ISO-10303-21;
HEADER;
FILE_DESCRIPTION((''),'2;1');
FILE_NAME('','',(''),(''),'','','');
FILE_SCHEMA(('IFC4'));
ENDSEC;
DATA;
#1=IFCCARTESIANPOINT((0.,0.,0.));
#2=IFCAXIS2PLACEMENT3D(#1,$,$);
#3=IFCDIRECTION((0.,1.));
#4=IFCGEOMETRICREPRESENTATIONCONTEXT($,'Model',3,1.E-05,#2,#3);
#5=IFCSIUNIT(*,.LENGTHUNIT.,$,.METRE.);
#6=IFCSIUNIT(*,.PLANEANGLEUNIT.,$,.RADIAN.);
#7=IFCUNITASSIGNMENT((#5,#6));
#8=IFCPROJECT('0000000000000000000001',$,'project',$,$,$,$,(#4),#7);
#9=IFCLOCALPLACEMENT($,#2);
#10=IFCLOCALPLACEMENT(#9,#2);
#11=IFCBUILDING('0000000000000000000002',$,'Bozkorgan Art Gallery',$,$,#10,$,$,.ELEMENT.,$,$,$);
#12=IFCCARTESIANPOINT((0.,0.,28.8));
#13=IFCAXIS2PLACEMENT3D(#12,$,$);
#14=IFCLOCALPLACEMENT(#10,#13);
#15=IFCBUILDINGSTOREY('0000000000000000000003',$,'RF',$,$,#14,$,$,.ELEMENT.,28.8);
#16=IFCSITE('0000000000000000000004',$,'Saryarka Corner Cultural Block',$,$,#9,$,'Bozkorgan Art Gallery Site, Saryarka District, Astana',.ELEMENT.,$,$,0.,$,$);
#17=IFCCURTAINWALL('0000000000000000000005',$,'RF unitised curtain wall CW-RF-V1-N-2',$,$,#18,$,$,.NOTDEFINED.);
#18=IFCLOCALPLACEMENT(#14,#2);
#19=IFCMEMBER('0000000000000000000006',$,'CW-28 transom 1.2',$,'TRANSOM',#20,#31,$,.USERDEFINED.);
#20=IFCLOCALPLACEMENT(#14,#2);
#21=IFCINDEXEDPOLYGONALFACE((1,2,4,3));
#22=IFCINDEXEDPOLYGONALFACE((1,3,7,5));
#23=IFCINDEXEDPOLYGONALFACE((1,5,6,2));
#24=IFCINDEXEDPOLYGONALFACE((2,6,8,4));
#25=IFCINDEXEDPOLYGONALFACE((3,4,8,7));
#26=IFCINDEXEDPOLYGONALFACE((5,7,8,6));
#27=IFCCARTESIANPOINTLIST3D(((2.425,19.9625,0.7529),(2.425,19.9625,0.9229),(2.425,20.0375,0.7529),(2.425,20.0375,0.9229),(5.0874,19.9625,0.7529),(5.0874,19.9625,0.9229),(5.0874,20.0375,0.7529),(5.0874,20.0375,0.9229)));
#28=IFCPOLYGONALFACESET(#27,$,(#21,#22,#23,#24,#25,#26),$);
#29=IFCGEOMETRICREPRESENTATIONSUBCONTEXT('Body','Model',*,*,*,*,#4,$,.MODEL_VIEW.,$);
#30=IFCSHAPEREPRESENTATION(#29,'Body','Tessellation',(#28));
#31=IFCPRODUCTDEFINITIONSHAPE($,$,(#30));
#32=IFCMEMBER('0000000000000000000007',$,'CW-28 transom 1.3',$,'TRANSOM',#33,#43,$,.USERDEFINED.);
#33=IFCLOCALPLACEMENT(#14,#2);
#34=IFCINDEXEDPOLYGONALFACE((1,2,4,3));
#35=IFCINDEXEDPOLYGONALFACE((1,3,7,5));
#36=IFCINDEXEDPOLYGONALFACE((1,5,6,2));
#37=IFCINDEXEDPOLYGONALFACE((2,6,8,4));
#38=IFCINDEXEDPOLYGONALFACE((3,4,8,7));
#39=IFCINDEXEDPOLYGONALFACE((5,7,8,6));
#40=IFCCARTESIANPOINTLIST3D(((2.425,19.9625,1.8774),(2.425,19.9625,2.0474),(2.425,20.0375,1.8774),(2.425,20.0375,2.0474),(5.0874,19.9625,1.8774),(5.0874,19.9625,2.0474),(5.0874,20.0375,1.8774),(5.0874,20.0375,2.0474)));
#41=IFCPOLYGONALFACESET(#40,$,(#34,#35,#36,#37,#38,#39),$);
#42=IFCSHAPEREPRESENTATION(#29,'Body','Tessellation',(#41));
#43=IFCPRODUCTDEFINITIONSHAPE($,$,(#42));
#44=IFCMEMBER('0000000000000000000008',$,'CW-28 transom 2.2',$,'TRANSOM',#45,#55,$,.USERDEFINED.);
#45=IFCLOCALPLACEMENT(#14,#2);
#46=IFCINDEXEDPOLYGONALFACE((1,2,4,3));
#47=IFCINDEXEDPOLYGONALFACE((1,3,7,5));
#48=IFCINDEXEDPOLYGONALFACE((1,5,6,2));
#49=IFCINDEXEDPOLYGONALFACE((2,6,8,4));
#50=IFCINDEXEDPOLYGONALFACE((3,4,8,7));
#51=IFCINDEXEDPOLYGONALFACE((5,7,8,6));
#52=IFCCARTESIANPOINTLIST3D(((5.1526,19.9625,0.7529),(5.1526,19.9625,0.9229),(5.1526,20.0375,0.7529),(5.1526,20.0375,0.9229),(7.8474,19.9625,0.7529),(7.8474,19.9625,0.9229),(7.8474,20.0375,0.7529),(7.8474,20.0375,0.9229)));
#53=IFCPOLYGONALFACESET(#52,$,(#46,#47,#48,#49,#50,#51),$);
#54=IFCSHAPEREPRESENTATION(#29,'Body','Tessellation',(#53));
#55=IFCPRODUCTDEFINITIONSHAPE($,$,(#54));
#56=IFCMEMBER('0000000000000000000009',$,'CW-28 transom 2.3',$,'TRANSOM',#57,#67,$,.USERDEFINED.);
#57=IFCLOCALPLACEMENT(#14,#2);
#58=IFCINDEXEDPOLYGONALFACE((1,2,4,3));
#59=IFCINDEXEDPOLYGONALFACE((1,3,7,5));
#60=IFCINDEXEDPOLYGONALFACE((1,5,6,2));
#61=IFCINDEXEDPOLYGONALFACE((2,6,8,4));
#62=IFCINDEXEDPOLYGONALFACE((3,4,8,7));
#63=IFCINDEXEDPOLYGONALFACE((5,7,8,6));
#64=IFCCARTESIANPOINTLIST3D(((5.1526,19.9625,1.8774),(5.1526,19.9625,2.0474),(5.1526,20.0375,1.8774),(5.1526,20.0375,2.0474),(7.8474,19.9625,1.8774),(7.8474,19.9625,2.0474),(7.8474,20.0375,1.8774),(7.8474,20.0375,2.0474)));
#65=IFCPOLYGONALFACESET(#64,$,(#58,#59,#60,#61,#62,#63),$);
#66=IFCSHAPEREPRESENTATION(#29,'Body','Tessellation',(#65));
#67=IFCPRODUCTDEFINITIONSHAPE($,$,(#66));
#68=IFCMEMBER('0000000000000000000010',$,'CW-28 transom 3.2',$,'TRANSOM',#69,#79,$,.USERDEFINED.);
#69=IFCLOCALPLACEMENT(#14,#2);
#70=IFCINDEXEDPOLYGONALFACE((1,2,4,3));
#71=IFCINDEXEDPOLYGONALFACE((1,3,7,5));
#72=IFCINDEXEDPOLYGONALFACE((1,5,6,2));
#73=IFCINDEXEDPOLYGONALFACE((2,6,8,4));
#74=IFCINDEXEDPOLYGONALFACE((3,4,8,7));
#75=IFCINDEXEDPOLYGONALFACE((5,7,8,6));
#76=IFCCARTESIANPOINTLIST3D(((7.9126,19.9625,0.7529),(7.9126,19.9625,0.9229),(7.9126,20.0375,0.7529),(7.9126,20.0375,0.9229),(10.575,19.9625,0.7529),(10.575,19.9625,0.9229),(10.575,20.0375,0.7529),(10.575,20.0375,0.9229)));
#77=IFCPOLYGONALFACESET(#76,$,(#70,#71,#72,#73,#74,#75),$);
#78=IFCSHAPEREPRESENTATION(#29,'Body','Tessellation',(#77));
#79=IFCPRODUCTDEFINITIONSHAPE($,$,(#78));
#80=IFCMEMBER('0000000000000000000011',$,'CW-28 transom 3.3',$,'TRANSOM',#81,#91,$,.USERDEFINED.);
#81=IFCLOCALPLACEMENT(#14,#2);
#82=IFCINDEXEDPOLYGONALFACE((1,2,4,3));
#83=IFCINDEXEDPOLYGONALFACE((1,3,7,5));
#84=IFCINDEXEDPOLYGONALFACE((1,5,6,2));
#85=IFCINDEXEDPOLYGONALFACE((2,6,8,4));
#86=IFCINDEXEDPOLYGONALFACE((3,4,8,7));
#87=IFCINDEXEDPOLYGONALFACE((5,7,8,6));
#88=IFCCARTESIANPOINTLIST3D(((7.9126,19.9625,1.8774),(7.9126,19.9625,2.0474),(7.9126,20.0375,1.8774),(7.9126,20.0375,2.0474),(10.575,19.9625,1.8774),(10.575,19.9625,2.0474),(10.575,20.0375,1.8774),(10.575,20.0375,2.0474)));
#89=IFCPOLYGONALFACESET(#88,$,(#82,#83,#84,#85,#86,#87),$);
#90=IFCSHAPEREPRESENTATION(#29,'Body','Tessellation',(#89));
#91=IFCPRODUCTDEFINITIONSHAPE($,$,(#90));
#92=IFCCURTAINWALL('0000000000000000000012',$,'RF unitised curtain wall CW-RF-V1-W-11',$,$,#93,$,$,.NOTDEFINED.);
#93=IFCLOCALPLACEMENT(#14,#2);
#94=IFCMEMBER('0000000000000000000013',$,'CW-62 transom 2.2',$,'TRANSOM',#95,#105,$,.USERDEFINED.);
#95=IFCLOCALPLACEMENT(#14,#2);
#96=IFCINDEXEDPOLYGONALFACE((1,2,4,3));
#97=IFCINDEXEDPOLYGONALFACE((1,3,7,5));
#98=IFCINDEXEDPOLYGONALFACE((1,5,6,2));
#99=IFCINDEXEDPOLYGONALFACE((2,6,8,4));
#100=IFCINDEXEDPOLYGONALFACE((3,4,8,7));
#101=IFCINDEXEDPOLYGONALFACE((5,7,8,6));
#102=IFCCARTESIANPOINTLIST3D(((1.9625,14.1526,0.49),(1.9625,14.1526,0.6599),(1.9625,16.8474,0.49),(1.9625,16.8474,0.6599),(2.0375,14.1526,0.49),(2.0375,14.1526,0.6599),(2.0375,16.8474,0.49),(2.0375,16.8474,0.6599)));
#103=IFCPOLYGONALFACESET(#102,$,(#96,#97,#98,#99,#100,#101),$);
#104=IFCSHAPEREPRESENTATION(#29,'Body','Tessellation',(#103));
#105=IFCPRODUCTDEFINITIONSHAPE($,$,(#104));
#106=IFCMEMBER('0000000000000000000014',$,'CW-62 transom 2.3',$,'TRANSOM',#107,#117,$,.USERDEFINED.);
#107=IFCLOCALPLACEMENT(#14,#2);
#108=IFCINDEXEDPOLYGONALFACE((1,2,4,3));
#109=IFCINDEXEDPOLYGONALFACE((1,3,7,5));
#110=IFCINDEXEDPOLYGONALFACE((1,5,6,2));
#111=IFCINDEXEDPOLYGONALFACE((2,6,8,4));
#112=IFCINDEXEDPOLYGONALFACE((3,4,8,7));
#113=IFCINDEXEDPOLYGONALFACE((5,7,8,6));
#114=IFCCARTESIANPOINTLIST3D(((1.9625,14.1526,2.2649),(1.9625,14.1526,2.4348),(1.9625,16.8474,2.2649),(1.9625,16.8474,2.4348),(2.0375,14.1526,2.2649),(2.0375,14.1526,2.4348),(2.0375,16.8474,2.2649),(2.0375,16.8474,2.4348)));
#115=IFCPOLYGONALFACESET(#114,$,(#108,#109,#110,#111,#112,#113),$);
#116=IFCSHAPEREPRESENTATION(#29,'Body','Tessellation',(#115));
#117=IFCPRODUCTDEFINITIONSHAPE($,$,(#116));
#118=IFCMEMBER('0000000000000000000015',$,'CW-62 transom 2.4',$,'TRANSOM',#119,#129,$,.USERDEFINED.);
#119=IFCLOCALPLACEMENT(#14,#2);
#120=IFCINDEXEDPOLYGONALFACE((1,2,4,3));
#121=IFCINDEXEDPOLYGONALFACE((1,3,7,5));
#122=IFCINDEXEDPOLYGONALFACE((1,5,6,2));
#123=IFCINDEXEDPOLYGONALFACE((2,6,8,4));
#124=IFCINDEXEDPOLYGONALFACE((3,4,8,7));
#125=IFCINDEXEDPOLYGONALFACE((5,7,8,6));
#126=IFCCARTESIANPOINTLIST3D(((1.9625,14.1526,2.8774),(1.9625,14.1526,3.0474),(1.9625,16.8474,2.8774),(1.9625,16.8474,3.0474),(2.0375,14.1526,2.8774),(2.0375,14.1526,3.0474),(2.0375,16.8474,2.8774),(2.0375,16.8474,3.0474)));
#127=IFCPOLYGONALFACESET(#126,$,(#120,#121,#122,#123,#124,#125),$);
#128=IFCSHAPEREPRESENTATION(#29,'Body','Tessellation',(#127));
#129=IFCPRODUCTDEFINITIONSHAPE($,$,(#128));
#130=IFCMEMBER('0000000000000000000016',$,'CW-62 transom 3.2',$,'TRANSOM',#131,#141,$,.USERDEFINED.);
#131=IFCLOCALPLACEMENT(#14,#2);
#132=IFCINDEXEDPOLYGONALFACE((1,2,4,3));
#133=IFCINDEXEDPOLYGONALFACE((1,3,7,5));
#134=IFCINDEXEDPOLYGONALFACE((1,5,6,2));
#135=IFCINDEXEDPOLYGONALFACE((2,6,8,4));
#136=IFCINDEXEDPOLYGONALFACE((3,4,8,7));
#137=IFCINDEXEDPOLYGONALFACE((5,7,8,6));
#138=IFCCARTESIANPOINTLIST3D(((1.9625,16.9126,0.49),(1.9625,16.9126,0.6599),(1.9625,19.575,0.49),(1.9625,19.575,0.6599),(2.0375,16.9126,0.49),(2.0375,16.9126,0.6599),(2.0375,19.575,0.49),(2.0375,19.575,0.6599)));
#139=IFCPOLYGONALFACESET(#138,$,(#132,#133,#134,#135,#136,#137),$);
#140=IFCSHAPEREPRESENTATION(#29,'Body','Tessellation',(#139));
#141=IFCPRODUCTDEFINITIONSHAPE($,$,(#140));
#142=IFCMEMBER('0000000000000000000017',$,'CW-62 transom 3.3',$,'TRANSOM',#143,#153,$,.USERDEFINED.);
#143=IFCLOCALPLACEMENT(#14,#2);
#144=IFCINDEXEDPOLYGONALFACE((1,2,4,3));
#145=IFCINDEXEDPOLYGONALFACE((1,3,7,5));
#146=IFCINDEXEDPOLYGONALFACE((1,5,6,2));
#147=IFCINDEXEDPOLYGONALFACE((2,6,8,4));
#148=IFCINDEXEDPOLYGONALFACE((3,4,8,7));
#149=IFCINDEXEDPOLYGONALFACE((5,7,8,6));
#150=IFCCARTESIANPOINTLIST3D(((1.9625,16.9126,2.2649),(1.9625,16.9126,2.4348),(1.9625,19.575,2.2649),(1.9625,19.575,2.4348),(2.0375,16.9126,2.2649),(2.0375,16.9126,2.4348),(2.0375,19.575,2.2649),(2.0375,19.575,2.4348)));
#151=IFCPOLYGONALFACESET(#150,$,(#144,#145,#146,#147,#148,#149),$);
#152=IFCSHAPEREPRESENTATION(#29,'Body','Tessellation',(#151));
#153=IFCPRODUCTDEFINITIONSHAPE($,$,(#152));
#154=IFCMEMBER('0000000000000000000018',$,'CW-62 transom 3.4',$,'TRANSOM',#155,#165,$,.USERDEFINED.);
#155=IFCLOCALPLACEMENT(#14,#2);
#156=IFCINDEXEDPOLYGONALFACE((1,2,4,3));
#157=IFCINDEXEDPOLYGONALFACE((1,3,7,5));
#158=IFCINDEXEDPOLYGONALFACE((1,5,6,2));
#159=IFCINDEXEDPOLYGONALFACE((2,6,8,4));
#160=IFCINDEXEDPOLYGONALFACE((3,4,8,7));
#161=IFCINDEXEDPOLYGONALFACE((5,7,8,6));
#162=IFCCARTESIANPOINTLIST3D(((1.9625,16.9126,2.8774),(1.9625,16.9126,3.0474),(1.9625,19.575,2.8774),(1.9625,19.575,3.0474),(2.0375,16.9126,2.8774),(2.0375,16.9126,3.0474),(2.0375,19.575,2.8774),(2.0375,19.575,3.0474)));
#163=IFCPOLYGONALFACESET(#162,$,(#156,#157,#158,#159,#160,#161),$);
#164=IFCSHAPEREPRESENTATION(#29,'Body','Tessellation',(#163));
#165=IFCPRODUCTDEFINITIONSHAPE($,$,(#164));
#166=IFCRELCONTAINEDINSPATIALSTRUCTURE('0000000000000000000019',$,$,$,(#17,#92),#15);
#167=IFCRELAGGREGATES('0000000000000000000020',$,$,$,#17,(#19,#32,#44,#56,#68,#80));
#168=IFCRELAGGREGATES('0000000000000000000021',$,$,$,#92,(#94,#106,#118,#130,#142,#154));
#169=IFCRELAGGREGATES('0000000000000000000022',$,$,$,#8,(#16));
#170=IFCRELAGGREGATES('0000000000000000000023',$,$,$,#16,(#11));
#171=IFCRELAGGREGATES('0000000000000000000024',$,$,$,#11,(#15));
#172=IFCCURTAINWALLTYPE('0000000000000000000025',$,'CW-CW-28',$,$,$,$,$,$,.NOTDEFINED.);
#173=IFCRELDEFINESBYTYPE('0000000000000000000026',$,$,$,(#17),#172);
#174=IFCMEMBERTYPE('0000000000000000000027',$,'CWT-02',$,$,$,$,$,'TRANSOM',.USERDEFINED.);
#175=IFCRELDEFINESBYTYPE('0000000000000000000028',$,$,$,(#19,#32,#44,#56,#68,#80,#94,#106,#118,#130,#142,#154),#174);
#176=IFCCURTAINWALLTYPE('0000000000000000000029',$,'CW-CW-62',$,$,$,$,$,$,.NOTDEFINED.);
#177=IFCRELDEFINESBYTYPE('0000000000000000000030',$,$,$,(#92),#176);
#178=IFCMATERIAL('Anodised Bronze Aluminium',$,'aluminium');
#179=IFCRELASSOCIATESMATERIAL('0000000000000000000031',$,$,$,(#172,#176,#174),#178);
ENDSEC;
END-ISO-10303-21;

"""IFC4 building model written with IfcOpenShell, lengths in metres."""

from ifc_helpers import new_model, si_unit, direction, frame, origin, origin_2d, place, context, subcontext, project, spatial, rectangle, extrude, material, material_profile, profile_set, type_object, element, aggregate, save


model = new_model("IFC4")

# Units and contexts
model_context = context("Model", 3, precision=1e-05, world=origin(), true_north=direction((0.0, 1.0)))
body_context = subcontext(model_context, "Body", "Model", "MODEL_VIEW")
ifc_project = project(units=[si_unit("LENGTHUNIT", "METRE"), si_unit("PLANEANGLEUNIT", "RADIAN")], contexts=[model_context])

# Site, building, storey
site_placement = place(None, origin())
site = spatial("IfcSite", under=ifc_project, at=site_placement, Name="Saryarka Corner Cultural Block", LongName="Bozkorgan Art Gallery Site, Saryarka District, Astana", CompositionType="ELEMENT", RefElevation=0.0)
building_placement = place(site_placement, origin())
building = spatial("IfcBuilding", under=site, at=building_placement, Name="Bozkorgan Art Gallery", CompositionType="ELEMENT")
storey_placement = place(building_placement, frame((0.0, 0.0, 28.8)))
storey = spatial("IfcBuildingStorey", under=building, at=storey_placement, Name="RF", CompositionType="ELEMENT", Elevation=28.8)

# Curtain walls, members
ifc_material_1 = material(Name="Anodised Bronze Aluminium", Category="aluminium")
curtain_wall_type_1 = type_object("IfcCurtainWallType", Name="CW-CW-28", PredefinedType="NOTDEFINED", material=ifc_material_1)
curtain_wall_1_placement = place(storey_placement, origin())
curtain_wall_1 = element("IfcCurtainWall", 1, at=curtain_wall_1_placement, inside=storey, type_object=curtain_wall_type_1, Name="RF unitised curtain wall CW-RF-V1-N-2", PredefinedType="NOTDEFINED")
ifc_material_profile_1 = material_profile(ifc_material_1, rectangle(XDim=0.075, YDim=0.1699, at=origin_2d()), Name="ALU TRANSOM 75x170")
ifc_profile_set_1 = profile_set([ifc_material_profile_1], Name="Anodised Bronze Aluminium")
member_type_1 = type_object("IfcMemberType", Name="CWT-02", ElementType="TRANSOM", PredefinedType="USERDEFINED", material=ifc_profile_set_1)
member_1_placement = place(storey_placement, frame((2.425, 20.0, 0.8379), z_axis=(1.0, 0.0, 0.0), x_axis=(0.0, 1.0, 0.0)))
member_1 = element("IfcMember", 2, at=member_1_placement, type_object=member_type_1, Name="CW-28 transom 1.2", ObjectType="TRANSOM", PredefinedType="USERDEFINED", context=body_context, shape_type="SweptSolid", body=[
    extrude(rectangle(XDim=0.075, YDim=0.1699, at=origin_2d()), origin(), (0.0, 0.0, 1.0), 2.6624),
])
member_2_placement = place(storey_placement, frame((2.425, 20.0, 1.9624), z_axis=(1.0, 0.0, 0.0), x_axis=(0.0, 1.0, 0.0)))
member_2 = element("IfcMember", 3, at=member_2_placement, type_object=member_type_1, Name="CW-28 transom 1.3", ObjectType="TRANSOM", PredefinedType="USERDEFINED", context=body_context, shape_type="SweptSolid", body=[
    extrude(rectangle(XDim=0.075, YDim=0.1699, at=origin_2d()), origin(), (0.0, 0.0, 1.0), 2.6624),
])
member_3_placement = place(storey_placement, frame((5.1526, 20.0, 0.8379), z_axis=(1.0, 0.0, 0.0), x_axis=(0.0, 1.0, 0.0)))
member_3 = element("IfcMember", 4, at=member_3_placement, type_object=member_type_1, Name="CW-28 transom 2.2", ObjectType="TRANSOM", PredefinedType="USERDEFINED", context=body_context, shape_type="SweptSolid", body=[
    extrude(rectangle(XDim=0.075, YDim=0.1699, at=origin_2d()), origin(), (0.0, 0.0, 1.0), 2.6948),
])
member_4_placement = place(storey_placement, frame((5.1526, 20.0, 1.9624), z_axis=(1.0, 0.0, 0.0), x_axis=(0.0, 1.0, 0.0)))
member_4 = element("IfcMember", 5, at=member_4_placement, type_object=member_type_1, Name="CW-28 transom 2.3", ObjectType="TRANSOM", PredefinedType="USERDEFINED", context=body_context, shape_type="SweptSolid", body=[
    extrude(rectangle(XDim=0.075, YDim=0.1699, at=origin_2d()), origin(), (0.0, 0.0, 1.0), 2.6948),
])
member_5_placement = place(storey_placement, frame((7.9126, 20.0, 0.8379), z_axis=(1.0, 0.0, 0.0), x_axis=(0.0, 1.0, 0.0)))
member_5 = element("IfcMember", 6, at=member_5_placement, type_object=member_type_1, Name="CW-28 transom 3.2", ObjectType="TRANSOM", PredefinedType="USERDEFINED", context=body_context, shape_type="SweptSolid", body=[
    extrude(rectangle(XDim=0.075, YDim=0.1699, at=origin_2d()), origin(), (0.0, 0.0, 1.0), 2.6624),
])
member_6_placement = place(storey_placement, frame((7.9126, 20.0, 1.9624), z_axis=(1.0, 0.0, 0.0), x_axis=(0.0, 1.0, 0.0)))
member_6 = element("IfcMember", 7, at=member_6_placement, type_object=member_type_1, Name="CW-28 transom 3.3", ObjectType="TRANSOM", PredefinedType="USERDEFINED", context=body_context, shape_type="SweptSolid", body=[
    extrude(rectangle(XDim=0.075, YDim=0.1699, at=origin_2d()), origin(), (0.0, 0.0, 1.0), 2.6624),
])
curtain_wall_type_2 = type_object("IfcCurtainWallType", Name="CW-CW-62", PredefinedType="NOTDEFINED", material=ifc_material_1)
curtain_wall_2_placement = place(storey_placement, origin())
curtain_wall_2 = element("IfcCurtainWall", 8, at=curtain_wall_2_placement, inside=storey, type_object=curtain_wall_type_2, Name="RF unitised curtain wall CW-RF-V1-W-11", PredefinedType="NOTDEFINED")
member_7_placement = place(storey_placement, frame((2.0, 14.1526, 0.575), z_axis=(0.0, 1.0, 0.0), x_axis=(-1.0, 0.0, 0.0)))
member_7 = element("IfcMember", 9, at=member_7_placement, type_object=member_type_1, Name="CW-62 transom 2.2", ObjectType="TRANSOM", PredefinedType="USERDEFINED", context=body_context, shape_type="SweptSolid", body=[
    extrude(rectangle(XDim=0.075, YDim=0.1699, at=origin_2d()), origin(), (0.0, 0.0, 1.0), 2.6948),
])
member_8_placement = place(storey_placement, frame((2.0, 14.1526, 2.3499), z_axis=(0.0, 1.0, 0.0), x_axis=(-1.0, 0.0, 0.0)))
member_8 = element("IfcMember", 10, at=member_8_placement, type_object=member_type_1, Name="CW-62 transom 2.3", ObjectType="TRANSOM", PredefinedType="USERDEFINED", context=body_context, shape_type="SweptSolid", body=[
    extrude(rectangle(XDim=0.075, YDim=0.1699, at=origin_2d()), origin(), (0.0, 0.0, 1.0), 2.6948),
])
member_9_placement = place(storey_placement, frame((2.0, 14.1526, 2.9624), z_axis=(0.0, 1.0, 0.0), x_axis=(-1.0, 0.0, 0.0)))
member_9 = element("IfcMember", 11, at=member_9_placement, type_object=member_type_1, Name="CW-62 transom 2.4", ObjectType="TRANSOM", PredefinedType="USERDEFINED", context=body_context, shape_type="SweptSolid", body=[
    extrude(rectangle(XDim=0.075, YDim=0.1699, at=origin_2d()), origin(), (0.0, 0.0, 1.0), 2.6948),
])
member_10_placement = place(storey_placement, frame((2.0, 16.9126, 0.575), z_axis=(0.0, 1.0, 0.0), x_axis=(-1.0, 0.0, 0.0)))
member_10 = element("IfcMember", 12, at=member_10_placement, type_object=member_type_1, Name="CW-62 transom 3.2", ObjectType="TRANSOM", PredefinedType="USERDEFINED", context=body_context, shape_type="SweptSolid", body=[
    extrude(rectangle(XDim=0.075, YDim=0.1699, at=origin_2d()), origin(), (0.0, 0.0, 1.0), 2.6624),
])
member_11_placement = place(storey_placement, frame((2.0, 16.9126, 2.3499), z_axis=(0.0, 1.0, 0.0), x_axis=(-1.0, 0.0, 0.0)))
member_11 = element("IfcMember", 13, at=member_11_placement, type_object=member_type_1, Name="CW-62 transom 3.3", ObjectType="TRANSOM", PredefinedType="USERDEFINED", context=body_context, shape_type="SweptSolid", body=[
    extrude(rectangle(XDim=0.075, YDim=0.1699, at=origin_2d()), origin(), (0.0, 0.0, 1.0), 2.6624),
])
member_12_placement = place(storey_placement, frame((2.0, 16.9126, 2.9624), z_axis=(0.0, 1.0, 0.0), x_axis=(-1.0, 0.0, 0.0)))
member_12 = element("IfcMember", 14, at=member_12_placement, type_object=member_type_1, Name="CW-62 transom 3.4", ObjectType="TRANSOM", PredefinedType="USERDEFINED", context=body_context, shape_type="SweptSolid", body=[
    extrude(rectangle(XDim=0.075, YDim=0.1699, at=origin_2d()), origin(), (0.0, 0.0, 1.0), 2.6624),
])

aggregate(curtain_wall_1, [member_1, member_2, member_3, member_4, member_5, member_6])
aggregate(curtain_wall_2, [member_7, member_8, member_9, member_10, member_11, member_12])

save(model, "model.ifc")
